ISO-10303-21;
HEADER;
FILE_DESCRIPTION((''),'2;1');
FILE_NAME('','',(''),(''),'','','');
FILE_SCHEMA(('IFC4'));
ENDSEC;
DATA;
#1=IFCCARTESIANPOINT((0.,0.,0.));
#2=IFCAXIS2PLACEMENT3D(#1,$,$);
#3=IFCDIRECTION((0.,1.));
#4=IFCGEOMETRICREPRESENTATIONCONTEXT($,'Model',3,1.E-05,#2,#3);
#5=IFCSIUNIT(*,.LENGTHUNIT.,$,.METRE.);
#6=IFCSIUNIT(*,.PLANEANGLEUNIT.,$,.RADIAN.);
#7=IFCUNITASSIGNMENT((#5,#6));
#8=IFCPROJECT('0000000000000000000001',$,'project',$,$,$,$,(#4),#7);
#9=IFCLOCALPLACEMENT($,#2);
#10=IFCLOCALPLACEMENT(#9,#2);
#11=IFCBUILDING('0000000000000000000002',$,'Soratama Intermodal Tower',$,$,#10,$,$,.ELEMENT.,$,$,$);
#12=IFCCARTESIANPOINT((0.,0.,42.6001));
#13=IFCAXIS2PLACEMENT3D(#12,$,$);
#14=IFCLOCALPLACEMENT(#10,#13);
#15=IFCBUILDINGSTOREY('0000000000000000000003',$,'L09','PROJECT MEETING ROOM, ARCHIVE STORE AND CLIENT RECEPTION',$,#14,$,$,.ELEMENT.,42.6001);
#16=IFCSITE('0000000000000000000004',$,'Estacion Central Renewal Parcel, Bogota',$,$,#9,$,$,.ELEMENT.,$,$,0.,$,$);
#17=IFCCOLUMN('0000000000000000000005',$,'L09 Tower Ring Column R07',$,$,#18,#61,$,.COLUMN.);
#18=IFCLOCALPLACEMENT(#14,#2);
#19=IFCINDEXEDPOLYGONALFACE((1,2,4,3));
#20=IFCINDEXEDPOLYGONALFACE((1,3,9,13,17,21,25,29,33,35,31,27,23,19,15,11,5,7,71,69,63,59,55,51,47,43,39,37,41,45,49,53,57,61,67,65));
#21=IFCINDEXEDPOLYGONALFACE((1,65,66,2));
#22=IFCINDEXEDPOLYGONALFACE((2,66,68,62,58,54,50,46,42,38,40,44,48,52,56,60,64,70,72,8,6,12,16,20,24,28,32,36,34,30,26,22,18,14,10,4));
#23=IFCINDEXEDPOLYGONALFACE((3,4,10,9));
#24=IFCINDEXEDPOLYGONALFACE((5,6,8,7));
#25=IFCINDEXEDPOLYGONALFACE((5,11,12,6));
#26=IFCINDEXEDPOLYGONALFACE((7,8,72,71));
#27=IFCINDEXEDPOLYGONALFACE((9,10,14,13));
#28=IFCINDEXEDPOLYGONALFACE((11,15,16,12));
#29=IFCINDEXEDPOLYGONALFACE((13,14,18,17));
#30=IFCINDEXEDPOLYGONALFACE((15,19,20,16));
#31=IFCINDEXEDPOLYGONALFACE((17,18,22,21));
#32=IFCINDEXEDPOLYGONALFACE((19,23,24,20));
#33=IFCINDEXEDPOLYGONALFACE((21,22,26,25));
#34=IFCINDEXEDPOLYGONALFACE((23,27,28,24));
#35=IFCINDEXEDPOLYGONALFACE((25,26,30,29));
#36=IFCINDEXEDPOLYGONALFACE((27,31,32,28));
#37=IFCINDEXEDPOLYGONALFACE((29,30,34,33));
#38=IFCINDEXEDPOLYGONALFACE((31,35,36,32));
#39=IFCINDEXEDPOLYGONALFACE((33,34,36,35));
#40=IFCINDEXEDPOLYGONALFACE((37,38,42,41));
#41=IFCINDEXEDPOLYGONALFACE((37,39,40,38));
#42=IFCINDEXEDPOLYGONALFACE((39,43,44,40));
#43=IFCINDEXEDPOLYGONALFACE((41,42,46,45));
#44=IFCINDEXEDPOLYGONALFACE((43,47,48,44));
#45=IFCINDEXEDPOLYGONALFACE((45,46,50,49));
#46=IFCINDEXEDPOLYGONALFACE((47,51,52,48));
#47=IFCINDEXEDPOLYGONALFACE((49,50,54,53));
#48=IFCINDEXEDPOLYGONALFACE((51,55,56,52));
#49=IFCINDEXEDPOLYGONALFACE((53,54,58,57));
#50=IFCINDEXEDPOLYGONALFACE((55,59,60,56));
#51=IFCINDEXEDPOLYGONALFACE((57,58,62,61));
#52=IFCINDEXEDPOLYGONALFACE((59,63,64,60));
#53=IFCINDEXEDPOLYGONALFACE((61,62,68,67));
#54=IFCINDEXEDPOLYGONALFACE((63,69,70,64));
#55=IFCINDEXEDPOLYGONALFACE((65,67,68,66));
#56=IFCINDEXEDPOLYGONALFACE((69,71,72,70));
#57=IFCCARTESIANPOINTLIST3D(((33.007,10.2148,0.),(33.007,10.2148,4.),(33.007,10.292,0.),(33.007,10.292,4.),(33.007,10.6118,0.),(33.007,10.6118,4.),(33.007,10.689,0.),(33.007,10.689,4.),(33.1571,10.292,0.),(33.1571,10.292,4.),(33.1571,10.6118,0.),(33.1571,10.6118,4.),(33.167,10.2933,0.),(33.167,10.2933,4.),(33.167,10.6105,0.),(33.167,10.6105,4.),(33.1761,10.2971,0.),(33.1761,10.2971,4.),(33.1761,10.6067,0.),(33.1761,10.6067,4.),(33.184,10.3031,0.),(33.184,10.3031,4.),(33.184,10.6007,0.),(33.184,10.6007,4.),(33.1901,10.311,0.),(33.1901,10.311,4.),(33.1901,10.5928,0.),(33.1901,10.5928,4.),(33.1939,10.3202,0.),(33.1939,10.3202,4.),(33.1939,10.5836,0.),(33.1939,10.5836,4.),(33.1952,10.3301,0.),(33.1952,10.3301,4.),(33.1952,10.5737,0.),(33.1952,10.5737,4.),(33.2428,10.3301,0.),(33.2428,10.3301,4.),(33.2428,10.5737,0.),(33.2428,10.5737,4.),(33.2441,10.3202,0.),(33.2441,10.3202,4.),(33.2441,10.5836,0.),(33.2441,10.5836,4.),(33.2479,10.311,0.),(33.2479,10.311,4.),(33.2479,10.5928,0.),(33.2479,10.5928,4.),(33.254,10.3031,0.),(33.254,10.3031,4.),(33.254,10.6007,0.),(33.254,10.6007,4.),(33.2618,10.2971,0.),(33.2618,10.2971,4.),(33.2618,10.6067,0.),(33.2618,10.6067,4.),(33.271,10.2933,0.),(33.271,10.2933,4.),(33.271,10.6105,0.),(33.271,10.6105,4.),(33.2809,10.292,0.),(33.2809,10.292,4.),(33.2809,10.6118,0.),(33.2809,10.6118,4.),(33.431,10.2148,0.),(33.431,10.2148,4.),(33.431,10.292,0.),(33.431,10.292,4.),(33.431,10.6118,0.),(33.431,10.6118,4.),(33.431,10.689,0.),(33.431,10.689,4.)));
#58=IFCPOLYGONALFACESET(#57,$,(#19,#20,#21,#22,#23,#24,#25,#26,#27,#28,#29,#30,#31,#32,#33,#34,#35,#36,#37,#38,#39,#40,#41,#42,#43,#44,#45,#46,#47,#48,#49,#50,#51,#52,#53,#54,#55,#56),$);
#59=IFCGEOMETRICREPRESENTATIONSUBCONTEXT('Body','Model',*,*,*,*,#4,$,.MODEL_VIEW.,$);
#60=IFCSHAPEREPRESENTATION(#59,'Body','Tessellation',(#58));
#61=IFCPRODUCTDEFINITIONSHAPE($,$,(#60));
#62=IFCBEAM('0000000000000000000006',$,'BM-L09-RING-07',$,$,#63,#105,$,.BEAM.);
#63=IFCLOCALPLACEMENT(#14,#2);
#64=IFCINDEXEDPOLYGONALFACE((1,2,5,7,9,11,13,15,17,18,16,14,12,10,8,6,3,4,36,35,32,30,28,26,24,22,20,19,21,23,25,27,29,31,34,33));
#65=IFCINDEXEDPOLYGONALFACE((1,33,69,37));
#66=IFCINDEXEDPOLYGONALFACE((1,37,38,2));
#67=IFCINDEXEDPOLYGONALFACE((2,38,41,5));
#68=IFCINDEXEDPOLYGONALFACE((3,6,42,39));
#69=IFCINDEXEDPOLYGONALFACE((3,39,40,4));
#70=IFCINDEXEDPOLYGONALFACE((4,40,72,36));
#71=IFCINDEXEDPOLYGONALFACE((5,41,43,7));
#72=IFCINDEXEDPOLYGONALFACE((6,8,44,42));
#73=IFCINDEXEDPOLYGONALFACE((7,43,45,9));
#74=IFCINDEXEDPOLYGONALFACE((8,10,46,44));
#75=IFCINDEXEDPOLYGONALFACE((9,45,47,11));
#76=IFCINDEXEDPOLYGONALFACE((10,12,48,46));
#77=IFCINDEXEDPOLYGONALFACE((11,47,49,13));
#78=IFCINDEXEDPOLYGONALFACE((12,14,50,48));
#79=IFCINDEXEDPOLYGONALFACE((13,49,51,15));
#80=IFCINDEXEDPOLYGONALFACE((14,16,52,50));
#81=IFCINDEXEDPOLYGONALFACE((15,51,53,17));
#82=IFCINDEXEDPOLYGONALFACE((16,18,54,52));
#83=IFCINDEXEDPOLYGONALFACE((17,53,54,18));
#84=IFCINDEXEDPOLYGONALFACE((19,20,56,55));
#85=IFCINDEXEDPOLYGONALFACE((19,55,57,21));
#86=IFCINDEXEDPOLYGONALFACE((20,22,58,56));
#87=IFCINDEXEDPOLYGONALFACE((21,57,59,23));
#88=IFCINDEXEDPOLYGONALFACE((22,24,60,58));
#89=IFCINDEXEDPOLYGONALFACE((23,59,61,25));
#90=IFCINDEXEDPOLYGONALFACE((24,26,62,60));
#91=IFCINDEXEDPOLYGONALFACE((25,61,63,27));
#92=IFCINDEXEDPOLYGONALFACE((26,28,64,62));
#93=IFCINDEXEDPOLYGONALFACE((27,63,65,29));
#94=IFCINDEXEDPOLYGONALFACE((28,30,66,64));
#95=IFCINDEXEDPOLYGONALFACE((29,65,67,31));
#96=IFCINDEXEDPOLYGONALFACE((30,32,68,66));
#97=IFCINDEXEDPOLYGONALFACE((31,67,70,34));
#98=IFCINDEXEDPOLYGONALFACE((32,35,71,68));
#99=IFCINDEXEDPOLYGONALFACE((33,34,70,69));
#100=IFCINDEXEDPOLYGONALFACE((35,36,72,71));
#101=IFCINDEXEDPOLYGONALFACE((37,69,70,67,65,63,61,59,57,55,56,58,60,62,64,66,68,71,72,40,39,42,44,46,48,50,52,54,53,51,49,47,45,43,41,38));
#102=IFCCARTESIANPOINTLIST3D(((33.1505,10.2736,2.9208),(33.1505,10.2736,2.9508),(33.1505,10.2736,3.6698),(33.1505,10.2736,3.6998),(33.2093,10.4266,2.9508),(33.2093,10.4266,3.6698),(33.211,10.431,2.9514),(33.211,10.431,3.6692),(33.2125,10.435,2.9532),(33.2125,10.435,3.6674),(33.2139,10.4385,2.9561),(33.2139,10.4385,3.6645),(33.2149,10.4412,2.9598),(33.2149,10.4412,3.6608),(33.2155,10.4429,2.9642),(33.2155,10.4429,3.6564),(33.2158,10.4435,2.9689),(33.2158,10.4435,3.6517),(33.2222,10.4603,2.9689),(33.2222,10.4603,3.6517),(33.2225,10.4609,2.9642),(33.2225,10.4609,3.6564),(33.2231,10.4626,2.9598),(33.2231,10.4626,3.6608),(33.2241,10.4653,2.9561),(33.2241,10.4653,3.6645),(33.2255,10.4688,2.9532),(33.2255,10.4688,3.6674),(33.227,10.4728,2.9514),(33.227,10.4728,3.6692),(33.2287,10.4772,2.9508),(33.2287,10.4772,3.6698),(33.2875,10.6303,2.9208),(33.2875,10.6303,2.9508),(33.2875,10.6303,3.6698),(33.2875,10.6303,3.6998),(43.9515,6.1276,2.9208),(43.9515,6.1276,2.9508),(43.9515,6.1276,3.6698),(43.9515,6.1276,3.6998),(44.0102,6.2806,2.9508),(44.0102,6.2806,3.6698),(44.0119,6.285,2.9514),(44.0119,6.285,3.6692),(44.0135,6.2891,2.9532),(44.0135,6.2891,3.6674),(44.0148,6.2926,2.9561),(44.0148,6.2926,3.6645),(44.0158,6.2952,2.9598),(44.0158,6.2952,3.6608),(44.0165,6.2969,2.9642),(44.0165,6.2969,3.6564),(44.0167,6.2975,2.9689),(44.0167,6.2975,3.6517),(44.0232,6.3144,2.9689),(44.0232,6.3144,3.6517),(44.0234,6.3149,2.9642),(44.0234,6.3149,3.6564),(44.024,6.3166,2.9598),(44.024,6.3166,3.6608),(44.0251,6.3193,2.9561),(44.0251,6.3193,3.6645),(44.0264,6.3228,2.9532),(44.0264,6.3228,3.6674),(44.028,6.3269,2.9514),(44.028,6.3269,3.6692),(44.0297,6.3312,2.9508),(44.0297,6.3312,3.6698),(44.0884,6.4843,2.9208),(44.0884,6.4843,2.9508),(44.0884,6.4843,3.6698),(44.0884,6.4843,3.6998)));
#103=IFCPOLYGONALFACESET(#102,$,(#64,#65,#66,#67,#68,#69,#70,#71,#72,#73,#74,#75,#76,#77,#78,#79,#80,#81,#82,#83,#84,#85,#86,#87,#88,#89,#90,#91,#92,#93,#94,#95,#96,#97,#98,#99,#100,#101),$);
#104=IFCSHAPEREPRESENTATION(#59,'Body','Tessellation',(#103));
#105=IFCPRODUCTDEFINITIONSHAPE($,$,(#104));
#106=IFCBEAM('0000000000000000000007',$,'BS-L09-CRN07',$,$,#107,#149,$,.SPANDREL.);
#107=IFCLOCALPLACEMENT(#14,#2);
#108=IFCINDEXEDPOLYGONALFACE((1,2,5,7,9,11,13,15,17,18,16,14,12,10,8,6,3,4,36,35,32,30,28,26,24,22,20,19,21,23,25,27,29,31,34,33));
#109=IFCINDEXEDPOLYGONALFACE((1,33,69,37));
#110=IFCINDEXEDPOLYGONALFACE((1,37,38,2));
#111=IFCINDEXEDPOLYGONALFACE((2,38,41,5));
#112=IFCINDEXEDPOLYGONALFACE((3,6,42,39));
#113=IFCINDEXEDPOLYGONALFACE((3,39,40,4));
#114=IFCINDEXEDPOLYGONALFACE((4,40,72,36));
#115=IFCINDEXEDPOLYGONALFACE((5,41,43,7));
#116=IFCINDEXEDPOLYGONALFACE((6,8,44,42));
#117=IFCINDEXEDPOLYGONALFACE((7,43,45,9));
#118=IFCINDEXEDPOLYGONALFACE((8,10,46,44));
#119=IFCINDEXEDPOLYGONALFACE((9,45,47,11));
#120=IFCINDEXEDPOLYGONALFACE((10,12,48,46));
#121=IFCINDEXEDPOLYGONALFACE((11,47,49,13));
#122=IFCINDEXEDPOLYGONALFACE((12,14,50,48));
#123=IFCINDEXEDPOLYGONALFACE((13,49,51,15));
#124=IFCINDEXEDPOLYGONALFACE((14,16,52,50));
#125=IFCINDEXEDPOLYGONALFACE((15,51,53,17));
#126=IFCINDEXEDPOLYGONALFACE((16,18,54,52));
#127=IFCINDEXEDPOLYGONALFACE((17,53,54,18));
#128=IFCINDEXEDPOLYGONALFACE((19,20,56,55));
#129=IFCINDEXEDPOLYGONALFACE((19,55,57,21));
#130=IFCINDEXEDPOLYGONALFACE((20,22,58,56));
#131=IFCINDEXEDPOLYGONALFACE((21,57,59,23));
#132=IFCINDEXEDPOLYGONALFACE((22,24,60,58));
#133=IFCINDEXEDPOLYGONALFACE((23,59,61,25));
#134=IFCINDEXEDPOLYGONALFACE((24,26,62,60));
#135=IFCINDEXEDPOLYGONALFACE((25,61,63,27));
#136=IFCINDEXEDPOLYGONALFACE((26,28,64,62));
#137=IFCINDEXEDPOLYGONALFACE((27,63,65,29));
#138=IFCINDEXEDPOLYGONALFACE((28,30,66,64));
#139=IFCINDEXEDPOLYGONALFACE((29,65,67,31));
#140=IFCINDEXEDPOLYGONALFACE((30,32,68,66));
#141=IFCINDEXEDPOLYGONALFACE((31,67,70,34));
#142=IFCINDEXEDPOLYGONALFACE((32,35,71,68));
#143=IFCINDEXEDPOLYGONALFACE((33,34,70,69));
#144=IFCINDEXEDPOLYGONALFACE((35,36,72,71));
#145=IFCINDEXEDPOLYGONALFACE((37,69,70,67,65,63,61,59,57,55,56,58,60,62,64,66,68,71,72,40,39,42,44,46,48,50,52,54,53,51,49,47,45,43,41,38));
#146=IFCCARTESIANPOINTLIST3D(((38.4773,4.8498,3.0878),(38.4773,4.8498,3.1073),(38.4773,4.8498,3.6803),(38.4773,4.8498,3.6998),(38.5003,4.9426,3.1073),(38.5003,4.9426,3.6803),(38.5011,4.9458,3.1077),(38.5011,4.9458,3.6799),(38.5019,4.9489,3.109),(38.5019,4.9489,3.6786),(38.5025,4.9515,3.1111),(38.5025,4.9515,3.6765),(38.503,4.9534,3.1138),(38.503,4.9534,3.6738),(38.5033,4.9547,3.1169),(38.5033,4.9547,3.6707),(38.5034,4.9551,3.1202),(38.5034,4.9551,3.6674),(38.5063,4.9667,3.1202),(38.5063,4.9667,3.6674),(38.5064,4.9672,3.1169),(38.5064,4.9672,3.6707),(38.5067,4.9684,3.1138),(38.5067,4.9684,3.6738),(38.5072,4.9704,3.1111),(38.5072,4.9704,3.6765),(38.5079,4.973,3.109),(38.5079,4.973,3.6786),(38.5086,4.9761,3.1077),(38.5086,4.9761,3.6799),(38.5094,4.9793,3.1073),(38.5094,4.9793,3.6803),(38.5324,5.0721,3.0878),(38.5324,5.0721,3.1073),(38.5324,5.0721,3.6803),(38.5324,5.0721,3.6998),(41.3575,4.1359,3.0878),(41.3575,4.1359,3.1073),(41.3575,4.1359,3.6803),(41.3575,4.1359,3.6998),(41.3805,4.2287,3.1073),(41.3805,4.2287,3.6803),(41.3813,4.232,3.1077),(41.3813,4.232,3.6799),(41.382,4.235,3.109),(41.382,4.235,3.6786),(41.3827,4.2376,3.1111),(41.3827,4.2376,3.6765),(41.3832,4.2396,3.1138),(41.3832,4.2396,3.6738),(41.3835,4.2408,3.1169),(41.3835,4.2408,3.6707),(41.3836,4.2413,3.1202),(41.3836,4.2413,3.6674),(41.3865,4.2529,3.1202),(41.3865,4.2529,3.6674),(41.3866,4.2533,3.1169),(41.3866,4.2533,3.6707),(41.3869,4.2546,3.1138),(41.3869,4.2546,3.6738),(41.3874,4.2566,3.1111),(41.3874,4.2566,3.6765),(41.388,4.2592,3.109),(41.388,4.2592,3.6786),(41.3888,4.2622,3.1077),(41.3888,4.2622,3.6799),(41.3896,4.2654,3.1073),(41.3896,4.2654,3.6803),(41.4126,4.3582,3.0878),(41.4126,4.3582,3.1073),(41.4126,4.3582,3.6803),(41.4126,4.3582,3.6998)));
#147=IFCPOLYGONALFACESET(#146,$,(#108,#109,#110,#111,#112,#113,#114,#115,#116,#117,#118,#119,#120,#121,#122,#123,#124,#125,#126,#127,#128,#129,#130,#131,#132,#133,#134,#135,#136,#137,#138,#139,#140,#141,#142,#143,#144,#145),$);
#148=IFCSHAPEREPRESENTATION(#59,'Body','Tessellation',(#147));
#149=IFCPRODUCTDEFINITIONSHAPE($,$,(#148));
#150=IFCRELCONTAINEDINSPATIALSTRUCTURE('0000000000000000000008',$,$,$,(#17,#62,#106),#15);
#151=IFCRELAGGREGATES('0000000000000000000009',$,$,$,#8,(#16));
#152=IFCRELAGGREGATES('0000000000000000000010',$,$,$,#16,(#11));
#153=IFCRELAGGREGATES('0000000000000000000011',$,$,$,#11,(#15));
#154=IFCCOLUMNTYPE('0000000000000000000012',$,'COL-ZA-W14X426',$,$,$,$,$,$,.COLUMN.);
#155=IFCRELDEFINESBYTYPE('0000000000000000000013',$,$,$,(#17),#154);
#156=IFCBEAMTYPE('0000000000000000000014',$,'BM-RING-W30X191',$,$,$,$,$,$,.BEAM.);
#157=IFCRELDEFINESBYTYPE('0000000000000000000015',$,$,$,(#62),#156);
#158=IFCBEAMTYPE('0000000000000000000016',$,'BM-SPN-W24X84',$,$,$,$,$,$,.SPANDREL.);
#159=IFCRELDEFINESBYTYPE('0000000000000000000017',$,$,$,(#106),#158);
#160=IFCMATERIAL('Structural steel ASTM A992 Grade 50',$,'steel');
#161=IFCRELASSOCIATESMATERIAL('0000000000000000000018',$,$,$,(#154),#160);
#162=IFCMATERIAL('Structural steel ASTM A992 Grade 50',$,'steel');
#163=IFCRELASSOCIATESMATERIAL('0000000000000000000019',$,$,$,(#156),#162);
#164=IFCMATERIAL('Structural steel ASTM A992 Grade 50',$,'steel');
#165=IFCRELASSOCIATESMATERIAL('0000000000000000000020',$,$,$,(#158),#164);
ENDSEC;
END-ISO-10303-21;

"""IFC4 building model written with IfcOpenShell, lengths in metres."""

from ifc_helpers import new_model, si_unit, direction, frame, origin, origin_2d, place, context, subcontext, project, spatial, i_section, extrude, material, material_profile, profile_set, type_object, element, save


model = new_model("IFC4")

# Units and contexts
model_context = context("Model", 3, precision=1e-05, world=origin(), true_north=direction((0.0, 1.0)))
body_context = subcontext(model_context, "Body", "Model", "MODEL_VIEW")
ifc_project = project(units=[si_unit("LENGTHUNIT", "METRE"), si_unit("PLANEANGLEUNIT", "RADIAN")], contexts=[model_context])

# Site, building, storey
site_placement = place(None, origin())
site = spatial("IfcSite", under=ifc_project, at=site_placement, Name="Estacion Central Renewal Parcel, Bogota", CompositionType="ELEMENT", RefElevation=0.0)
building_placement = place(site_placement, origin())
building = spatial("IfcBuilding", under=site, at=building_placement, Name="Soratama Intermodal Tower", CompositionType="ELEMENT")
storey_placement = place(building_placement, frame((0.0, 0.0, 42.6001)))
storey = spatial("IfcBuildingStorey", under=building, at=storey_placement, Name="L09", Description="PROJECT MEETING ROOM, ARCHIVE STORE AND CLIENT RECEPTION", CompositionType="ELEMENT", Elevation=42.6001)

# Column
ifc_material_1 = material(Name="Structural steel ASTM A992 Grade 50", Category="steel")
ifc_material_profile_1 = material_profile(ifc_material_1, i_section(OverallWidth=0.4241, OverallDepth=0.4741, WebThickness=0.0476, FlangeThickness=0.0771, FilletRadius=0.0381, at=origin_2d()), Name="W14X426")
ifc_profile_set_1 = profile_set([ifc_material_profile_1], Name="Structural steel ASTM A992 Grade 50")
column_type = type_object("IfcColumnType", Name="COL-ZA-W14X426", PredefinedType="COLUMN", material=ifc_profile_set_1)
column_placement = place(storey_placement, frame((33.219, 10.4519, 0.0), z_axis=(0.0, 0.0, 1.0), x_axis=(1.0, 0.0, 0.0)))
element("IfcColumn", 1, at=column_placement, inside=storey, type_object=column_type, Name="L09 Tower Ring Column R07", PredefinedType="COLUMN", context=body_context, shape_type="SweptSolid", body=[
    extrude(i_section(OverallWidth=0.4241, OverallDepth=0.4741, WebThickness=0.0476, FlangeThickness=0.0771, FilletRadius=0.0381, at=origin_2d()), origin(), (0.0, 0.0, 1.0), 4.0),
])

# Beams
ifc_material_2 = material(Name="Structural steel ASTM A992 Grade 50", Category="steel")
ifc_material_profile_2 = material_profile(ifc_material_2, i_section(OverallWidth=0.3821, OverallDepth=0.7791, WebThickness=0.0181, FlangeThickness=0.03, FilletRadius=0.0181, at=origin_2d()), Name="W30X191")
ifc_profile_set_2 = profile_set([ifc_material_profile_2], Name="Structural steel ASTM A992 Grade 50")
beam_type_1 = type_object("IfcBeamType", Name="BM-RING-W30X191", PredefinedType="BEAM", material=ifc_profile_set_2)
beam_1_placement = place(storey_placement, frame((33.219, 10.4519, 3.3103), z_axis=(0.933584, -0.358358, 0.0), x_axis=(0.358358, 0.933584, 0.0)))
element("IfcBeam", 2, at=beam_1_placement, inside=storey, type_object=beam_type_1, Name="BM-L09-RING-07", PredefinedType="BEAM", context=body_context, shape_type="SweptSolid", body=[
    extrude(i_section(OverallWidth=0.3821, OverallDepth=0.7791, WebThickness=0.0181, FlangeThickness=0.03, FilletRadius=0.0181, at=origin_2d()), origin(), (0.0, 0.0, 1.0), 11.5693),
])
ifc_material_3 = material(Name="Structural steel ASTM A992 Grade 50", Category="steel")
ifc_material_profile_3 = material_profile(ifc_material_3, i_section(OverallWidth=0.229, OverallDepth=0.6121, WebThickness=0.012, FlangeThickness=0.0195, FilletRadius=0.0129, at=origin_2d()), Name="W24X84")
ifc_profile_set_3 = profile_set([ifc_material_profile_3], Name="Structural steel ASTM A992 Grade 50")
beam_type_2 = type_object("IfcBeamType", Name="BM-SPN-W24X84", PredefinedType="SPANDREL", material=ifc_profile_set_3)
beam_2_placement = place(storey_placement, frame((38.5049, 4.9609, 3.3938), z_axis=(0.970629, -0.24058, 0.0), x_axis=(0.24058, 0.970629, 0.0)))
element("IfcBeam", 3, at=beam_2_placement, inside=storey, type_object=beam_type_2, Name="BS-L09-CRN07", PredefinedType="SPANDREL", context=body_context, shape_type="SweptSolid", body=[
    extrude(i_section(OverallWidth=0.229, OverallDepth=0.6121, WebThickness=0.012, FlangeThickness=0.0195, FilletRadius=0.0129, at=origin_2d()), origin(), (0.0, 0.0, 1.0), 2.9673),
])

save(model, "model.ifc")
